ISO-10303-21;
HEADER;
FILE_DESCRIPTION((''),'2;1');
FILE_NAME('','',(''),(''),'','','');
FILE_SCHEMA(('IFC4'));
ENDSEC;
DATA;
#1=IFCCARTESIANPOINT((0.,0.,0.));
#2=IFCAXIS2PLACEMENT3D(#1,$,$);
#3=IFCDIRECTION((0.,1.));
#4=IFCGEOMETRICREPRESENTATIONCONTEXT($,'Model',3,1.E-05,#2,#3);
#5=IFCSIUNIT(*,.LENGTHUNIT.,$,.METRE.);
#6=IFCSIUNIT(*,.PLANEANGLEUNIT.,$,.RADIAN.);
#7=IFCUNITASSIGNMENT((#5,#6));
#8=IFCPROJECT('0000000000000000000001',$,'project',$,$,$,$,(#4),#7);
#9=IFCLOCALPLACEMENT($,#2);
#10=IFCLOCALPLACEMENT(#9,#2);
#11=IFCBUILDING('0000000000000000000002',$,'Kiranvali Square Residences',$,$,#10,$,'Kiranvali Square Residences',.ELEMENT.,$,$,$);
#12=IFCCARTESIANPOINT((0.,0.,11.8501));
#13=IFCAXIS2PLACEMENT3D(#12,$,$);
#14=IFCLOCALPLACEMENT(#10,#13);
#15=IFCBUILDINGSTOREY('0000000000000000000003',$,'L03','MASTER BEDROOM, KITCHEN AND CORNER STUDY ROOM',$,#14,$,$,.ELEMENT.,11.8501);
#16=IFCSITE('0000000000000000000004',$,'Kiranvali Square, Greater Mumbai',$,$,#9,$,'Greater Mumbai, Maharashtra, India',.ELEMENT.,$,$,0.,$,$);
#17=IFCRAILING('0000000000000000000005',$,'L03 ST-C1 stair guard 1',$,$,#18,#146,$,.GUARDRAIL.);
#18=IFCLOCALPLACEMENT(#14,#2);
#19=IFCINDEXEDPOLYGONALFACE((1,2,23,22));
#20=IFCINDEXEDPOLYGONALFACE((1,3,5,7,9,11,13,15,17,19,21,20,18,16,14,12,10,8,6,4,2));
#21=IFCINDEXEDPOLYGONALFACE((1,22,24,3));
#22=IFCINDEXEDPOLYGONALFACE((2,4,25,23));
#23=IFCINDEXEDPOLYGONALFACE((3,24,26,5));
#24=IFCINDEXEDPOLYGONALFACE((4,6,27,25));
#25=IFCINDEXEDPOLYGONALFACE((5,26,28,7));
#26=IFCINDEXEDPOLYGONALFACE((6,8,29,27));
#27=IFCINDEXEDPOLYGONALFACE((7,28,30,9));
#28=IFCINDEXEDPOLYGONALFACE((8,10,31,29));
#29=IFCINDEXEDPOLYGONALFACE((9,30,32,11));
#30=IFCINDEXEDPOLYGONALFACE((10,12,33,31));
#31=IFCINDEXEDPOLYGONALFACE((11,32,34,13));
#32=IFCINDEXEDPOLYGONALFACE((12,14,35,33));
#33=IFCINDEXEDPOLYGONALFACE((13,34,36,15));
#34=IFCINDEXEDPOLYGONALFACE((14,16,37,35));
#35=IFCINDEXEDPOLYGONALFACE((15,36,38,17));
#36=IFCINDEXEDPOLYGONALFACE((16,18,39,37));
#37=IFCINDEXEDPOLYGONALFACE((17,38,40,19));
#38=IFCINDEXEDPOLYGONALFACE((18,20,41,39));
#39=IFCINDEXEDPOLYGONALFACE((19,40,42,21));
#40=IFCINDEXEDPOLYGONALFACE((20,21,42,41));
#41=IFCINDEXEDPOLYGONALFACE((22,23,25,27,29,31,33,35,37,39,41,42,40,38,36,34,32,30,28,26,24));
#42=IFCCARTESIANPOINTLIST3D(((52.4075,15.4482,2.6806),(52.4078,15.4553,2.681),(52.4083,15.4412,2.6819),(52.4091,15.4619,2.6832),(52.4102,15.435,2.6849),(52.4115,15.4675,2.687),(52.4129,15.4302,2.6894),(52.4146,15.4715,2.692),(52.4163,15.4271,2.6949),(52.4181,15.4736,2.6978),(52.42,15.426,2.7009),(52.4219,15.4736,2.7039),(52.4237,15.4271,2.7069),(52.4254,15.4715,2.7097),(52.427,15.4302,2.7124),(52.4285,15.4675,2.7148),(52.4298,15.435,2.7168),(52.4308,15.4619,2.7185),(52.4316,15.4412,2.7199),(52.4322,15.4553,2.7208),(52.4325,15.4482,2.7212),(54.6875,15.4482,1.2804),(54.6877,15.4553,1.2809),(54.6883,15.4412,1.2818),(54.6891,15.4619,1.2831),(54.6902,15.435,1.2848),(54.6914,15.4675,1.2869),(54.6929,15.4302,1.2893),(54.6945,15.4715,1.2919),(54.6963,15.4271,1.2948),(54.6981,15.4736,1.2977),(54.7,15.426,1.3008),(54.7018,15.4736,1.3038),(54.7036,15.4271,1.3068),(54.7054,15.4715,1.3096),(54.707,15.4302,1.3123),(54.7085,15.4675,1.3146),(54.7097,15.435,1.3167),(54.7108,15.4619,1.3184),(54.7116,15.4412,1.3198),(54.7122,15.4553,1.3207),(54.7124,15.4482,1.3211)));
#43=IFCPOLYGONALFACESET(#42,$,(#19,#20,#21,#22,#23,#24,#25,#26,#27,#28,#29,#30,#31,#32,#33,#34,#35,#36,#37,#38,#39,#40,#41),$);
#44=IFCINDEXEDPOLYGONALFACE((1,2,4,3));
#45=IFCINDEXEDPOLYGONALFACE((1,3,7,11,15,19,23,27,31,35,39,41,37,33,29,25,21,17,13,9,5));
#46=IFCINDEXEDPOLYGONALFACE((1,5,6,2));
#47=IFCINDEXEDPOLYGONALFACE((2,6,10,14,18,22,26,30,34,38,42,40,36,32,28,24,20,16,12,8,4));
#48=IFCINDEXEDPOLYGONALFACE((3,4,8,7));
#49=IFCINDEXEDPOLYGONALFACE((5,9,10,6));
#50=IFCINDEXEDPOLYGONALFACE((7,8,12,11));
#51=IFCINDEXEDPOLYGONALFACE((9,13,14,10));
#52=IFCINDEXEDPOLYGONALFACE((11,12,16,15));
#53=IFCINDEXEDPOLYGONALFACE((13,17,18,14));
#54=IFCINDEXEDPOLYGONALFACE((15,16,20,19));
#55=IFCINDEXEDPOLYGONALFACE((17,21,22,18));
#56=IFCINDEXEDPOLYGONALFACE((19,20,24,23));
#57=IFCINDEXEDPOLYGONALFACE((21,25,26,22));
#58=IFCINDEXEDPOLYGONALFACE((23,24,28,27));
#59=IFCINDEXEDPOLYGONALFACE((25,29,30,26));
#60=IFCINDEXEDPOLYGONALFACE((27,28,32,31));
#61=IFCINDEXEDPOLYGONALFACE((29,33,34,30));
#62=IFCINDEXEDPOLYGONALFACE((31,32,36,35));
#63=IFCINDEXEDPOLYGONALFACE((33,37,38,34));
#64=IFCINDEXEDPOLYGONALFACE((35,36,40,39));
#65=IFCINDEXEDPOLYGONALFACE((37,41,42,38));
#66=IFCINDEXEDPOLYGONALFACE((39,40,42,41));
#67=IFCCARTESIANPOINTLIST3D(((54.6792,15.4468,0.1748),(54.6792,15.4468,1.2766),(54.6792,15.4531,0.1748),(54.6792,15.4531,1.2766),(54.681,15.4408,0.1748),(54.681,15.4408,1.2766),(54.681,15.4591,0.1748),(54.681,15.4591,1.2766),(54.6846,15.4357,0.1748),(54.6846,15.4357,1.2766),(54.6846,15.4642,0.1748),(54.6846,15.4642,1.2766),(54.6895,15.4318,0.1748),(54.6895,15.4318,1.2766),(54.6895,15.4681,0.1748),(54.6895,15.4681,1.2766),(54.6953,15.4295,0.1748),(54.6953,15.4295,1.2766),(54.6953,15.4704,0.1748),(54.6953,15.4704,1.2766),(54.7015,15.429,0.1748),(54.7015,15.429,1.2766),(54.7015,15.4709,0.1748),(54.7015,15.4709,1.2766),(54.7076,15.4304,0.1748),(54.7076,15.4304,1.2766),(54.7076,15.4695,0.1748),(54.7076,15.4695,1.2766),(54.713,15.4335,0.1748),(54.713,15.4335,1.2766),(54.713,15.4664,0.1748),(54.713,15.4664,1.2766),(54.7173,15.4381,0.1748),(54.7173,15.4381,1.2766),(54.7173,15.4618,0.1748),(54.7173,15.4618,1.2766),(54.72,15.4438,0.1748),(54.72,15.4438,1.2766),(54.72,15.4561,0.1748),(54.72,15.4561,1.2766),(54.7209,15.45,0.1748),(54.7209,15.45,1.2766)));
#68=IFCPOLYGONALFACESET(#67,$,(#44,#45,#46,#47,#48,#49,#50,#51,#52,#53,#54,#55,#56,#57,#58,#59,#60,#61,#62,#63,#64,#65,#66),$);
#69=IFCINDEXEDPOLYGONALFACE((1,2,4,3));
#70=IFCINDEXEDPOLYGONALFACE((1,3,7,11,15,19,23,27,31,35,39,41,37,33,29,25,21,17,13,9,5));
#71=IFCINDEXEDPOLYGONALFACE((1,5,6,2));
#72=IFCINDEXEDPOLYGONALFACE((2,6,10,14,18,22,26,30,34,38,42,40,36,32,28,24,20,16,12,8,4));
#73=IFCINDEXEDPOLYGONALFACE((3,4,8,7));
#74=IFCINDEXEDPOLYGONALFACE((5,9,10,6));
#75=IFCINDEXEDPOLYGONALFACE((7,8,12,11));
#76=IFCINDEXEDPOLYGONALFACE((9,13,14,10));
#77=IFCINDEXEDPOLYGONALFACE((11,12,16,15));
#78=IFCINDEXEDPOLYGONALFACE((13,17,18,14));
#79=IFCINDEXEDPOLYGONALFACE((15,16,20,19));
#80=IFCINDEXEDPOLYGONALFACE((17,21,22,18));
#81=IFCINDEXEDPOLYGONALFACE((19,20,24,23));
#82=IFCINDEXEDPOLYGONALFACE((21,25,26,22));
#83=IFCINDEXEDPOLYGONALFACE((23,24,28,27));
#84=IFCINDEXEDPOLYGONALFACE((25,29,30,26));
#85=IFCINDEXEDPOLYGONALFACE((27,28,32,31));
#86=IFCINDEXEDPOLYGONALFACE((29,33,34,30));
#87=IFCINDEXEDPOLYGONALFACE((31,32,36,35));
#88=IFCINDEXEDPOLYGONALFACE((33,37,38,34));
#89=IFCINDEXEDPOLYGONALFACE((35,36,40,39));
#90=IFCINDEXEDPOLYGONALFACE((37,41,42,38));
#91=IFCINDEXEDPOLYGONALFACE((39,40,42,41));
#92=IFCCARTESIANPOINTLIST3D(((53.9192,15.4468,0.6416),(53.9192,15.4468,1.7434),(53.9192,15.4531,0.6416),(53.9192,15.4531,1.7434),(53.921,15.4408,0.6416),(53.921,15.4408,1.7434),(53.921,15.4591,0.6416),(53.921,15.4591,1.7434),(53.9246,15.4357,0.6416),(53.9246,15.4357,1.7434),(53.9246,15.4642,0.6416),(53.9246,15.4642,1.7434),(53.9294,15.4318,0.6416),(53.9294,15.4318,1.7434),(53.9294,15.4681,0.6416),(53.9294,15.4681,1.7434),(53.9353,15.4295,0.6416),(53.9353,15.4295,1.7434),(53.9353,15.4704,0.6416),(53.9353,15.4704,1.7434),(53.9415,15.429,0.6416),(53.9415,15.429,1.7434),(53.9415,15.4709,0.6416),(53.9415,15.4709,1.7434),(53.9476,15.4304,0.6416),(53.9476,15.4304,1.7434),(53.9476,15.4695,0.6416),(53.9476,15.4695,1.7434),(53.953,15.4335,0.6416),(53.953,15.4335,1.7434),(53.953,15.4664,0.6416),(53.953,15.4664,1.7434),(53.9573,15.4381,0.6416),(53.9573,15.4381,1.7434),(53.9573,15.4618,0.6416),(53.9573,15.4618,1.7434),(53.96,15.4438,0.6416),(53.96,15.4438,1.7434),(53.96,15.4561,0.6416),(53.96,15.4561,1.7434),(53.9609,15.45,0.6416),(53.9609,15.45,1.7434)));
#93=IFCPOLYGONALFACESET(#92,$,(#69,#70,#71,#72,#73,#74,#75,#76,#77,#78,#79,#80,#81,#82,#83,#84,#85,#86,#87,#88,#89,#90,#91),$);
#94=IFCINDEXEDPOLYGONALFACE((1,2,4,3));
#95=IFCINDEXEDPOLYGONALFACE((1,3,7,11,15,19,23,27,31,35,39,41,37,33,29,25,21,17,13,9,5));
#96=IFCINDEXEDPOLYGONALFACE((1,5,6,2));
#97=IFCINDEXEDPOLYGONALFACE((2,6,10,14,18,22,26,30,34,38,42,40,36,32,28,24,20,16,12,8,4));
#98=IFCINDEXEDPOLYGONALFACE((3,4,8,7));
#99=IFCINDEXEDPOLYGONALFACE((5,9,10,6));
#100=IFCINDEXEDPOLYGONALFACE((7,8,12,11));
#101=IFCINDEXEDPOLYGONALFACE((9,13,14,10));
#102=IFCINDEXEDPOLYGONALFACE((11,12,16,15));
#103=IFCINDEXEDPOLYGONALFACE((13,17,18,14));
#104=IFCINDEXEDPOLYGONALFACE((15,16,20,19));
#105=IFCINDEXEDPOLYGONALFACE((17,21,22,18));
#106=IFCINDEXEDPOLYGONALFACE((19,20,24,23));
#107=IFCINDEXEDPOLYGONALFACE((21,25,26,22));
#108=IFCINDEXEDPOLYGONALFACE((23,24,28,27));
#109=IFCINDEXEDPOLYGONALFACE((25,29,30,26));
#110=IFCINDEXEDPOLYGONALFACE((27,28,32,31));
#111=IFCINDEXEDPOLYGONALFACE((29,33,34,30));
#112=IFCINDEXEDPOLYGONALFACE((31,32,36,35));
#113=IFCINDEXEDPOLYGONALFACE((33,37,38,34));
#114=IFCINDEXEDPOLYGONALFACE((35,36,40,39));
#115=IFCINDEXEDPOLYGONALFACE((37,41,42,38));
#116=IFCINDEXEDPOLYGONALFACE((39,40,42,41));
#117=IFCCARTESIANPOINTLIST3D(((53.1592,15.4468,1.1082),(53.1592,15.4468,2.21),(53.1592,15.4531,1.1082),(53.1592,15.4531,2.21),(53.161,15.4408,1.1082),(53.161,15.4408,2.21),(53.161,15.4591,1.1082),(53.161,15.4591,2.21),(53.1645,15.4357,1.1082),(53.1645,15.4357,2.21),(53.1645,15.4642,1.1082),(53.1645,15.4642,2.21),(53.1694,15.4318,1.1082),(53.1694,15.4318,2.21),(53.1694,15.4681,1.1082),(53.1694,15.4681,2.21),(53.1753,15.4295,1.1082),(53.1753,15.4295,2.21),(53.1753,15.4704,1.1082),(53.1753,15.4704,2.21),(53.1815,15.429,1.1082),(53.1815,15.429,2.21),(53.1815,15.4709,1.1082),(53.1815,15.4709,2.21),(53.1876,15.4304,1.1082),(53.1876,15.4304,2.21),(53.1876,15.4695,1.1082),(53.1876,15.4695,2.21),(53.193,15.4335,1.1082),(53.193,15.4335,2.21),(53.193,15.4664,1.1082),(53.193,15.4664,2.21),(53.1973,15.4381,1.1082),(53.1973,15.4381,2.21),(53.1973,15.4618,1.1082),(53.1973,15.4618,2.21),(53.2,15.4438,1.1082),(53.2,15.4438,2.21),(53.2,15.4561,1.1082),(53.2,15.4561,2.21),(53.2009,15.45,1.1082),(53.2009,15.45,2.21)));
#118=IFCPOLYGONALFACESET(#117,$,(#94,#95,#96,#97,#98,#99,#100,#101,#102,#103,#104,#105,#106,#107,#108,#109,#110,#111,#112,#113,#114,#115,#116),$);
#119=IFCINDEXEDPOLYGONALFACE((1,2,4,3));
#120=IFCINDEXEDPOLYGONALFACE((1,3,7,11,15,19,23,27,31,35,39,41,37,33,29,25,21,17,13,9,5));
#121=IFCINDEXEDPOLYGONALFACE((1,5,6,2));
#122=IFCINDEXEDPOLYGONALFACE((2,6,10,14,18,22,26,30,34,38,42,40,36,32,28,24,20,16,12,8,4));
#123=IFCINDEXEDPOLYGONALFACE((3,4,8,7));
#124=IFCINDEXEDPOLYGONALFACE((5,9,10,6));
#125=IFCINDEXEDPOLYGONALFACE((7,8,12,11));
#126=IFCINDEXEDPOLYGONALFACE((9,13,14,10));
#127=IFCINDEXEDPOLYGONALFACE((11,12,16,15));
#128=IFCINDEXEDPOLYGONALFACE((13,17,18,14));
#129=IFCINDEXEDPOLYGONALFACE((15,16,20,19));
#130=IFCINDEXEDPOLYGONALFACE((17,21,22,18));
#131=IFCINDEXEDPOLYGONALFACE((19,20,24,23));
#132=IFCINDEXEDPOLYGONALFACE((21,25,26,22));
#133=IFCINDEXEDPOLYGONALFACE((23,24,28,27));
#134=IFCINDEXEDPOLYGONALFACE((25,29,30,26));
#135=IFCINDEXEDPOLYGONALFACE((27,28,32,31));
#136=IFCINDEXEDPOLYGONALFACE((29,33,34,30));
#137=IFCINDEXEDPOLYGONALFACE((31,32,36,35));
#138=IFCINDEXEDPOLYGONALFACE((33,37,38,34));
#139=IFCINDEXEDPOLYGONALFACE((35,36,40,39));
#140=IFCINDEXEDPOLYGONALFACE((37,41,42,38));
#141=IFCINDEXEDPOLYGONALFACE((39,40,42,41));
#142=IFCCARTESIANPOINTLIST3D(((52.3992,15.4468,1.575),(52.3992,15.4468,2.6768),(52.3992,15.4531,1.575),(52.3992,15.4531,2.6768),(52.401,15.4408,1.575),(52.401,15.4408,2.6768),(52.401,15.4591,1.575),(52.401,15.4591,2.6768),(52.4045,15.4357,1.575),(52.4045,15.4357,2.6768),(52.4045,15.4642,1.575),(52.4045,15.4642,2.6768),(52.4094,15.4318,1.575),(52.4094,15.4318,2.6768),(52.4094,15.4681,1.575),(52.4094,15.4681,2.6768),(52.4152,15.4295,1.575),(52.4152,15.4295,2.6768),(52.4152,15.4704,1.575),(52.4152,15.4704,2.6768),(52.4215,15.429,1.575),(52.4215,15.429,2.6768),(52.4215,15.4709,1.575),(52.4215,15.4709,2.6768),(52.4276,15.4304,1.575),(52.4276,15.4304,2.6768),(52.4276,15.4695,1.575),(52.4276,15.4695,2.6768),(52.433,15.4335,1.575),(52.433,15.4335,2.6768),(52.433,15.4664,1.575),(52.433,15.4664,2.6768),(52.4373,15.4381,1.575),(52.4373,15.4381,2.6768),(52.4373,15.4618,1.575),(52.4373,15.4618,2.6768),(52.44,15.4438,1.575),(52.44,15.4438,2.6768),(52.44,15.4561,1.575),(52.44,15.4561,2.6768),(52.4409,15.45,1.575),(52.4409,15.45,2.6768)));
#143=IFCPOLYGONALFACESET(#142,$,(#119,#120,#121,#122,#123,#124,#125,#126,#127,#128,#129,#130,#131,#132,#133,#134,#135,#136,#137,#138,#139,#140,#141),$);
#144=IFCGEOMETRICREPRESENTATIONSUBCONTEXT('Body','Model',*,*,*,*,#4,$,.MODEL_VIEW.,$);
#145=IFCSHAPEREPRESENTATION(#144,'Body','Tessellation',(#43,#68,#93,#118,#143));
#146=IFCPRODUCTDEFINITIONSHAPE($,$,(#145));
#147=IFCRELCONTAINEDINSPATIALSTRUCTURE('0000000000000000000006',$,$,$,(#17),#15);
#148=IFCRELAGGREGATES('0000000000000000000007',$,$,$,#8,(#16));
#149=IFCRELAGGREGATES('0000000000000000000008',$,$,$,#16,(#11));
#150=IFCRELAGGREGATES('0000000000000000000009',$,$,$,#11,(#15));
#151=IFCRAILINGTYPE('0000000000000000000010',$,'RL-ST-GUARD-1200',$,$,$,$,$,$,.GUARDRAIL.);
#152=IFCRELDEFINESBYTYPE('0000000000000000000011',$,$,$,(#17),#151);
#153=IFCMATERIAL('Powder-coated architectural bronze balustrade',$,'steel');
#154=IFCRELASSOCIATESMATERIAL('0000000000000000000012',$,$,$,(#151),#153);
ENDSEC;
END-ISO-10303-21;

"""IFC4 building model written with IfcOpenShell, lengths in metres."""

from ifc_helpers import new_model, si_unit, direction, frame, origin, origin_2d, place, context, subcontext, project, spatial, circle, extrude, material, type_object, element, save


model = new_model("IFC4")

# Units and contexts
model_context = context("Model", 3, precision=1e-05, world=origin(), true_north=direction((0.0, 1.0)))
body_context = subcontext(model_context, "Body", "Model", "MODEL_VIEW")
ifc_project = project(units=[si_unit("LENGTHUNIT", "METRE"), si_unit("PLANEANGLEUNIT", "RADIAN")], contexts=[model_context])

# Site, building, storey
site_placement = place(None, origin())
site = spatial("IfcSite", under=ifc_project, at=site_placement, Name="Kiranvali Square, Greater Mumbai", LongName="Greater Mumbai, Maharashtra, India", CompositionType="ELEMENT", RefElevation=0.0)
building_placement = place(site_placement, origin())
building = spatial("IfcBuilding", under=site, at=building_placement, Name="Kiranvali Square Residences", LongName="Kiranvali Square Residences", CompositionType="ELEMENT")
storey_placement = place(building_placement, frame((0.0, 0.0, 11.8501)))
storey = spatial("IfcBuildingStorey", under=building, at=storey_placement, Name="L03", Description="MASTER BEDROOM, KITCHEN AND CORNER STUDY ROOM", CompositionType="ELEMENT", Elevation=11.8501)

# Railing
ifc_material_1 = material(Name="Powder-coated architectural bronze balustrade", Category="steel")
railing_type_1 = type_object("IfcRailingType", Name="RL-ST-GUARD-1200", PredefinedType="GUARDRAIL", material=ifc_material_1)
railing_1_placement = place(storey_placement, frame((54.7, 15.45, 0.1748)))
element("IfcRailing", 1, at=railing_1_placement, inside=storey, type_object=railing_type_1, Name="L03 ST-C1 stair guard 1", PredefinedType="GUARDRAIL", context=body_context, shape_type="SweptSolid", body=[
    extrude(circle(Radius=0.0239, at=origin_2d()), frame((0.0, 0.0, 1.126), z_axis=(-0.85215, 0.0, 0.523298), x_axis=(0.0, -1.0, 0.0)), (0.0, 0.0, 1.0), 2.6755),
    extrude(circle(Radius=0.021, at=origin_2d()), origin(), (0.0, 0.0, 1.0), 1.1018),
    extrude(circle(Radius=0.021, at=origin_2d()), frame((-0.76, 0.0, 0.4668)), (0.0, 0.0, 1.0), 1.1018),
    extrude(circle(Radius=0.021, at=origin_2d()), frame((-1.52, 0.0, 0.9333)), (0.0, 0.0, 1.0), 1.1018),
    extrude(circle(Radius=0.021, at=origin_2d()), frame((-2.28, 0.0, 1.4001)), (0.0, 0.0, 1.0), 1.1018),
])

save(model, "model.ifc")
